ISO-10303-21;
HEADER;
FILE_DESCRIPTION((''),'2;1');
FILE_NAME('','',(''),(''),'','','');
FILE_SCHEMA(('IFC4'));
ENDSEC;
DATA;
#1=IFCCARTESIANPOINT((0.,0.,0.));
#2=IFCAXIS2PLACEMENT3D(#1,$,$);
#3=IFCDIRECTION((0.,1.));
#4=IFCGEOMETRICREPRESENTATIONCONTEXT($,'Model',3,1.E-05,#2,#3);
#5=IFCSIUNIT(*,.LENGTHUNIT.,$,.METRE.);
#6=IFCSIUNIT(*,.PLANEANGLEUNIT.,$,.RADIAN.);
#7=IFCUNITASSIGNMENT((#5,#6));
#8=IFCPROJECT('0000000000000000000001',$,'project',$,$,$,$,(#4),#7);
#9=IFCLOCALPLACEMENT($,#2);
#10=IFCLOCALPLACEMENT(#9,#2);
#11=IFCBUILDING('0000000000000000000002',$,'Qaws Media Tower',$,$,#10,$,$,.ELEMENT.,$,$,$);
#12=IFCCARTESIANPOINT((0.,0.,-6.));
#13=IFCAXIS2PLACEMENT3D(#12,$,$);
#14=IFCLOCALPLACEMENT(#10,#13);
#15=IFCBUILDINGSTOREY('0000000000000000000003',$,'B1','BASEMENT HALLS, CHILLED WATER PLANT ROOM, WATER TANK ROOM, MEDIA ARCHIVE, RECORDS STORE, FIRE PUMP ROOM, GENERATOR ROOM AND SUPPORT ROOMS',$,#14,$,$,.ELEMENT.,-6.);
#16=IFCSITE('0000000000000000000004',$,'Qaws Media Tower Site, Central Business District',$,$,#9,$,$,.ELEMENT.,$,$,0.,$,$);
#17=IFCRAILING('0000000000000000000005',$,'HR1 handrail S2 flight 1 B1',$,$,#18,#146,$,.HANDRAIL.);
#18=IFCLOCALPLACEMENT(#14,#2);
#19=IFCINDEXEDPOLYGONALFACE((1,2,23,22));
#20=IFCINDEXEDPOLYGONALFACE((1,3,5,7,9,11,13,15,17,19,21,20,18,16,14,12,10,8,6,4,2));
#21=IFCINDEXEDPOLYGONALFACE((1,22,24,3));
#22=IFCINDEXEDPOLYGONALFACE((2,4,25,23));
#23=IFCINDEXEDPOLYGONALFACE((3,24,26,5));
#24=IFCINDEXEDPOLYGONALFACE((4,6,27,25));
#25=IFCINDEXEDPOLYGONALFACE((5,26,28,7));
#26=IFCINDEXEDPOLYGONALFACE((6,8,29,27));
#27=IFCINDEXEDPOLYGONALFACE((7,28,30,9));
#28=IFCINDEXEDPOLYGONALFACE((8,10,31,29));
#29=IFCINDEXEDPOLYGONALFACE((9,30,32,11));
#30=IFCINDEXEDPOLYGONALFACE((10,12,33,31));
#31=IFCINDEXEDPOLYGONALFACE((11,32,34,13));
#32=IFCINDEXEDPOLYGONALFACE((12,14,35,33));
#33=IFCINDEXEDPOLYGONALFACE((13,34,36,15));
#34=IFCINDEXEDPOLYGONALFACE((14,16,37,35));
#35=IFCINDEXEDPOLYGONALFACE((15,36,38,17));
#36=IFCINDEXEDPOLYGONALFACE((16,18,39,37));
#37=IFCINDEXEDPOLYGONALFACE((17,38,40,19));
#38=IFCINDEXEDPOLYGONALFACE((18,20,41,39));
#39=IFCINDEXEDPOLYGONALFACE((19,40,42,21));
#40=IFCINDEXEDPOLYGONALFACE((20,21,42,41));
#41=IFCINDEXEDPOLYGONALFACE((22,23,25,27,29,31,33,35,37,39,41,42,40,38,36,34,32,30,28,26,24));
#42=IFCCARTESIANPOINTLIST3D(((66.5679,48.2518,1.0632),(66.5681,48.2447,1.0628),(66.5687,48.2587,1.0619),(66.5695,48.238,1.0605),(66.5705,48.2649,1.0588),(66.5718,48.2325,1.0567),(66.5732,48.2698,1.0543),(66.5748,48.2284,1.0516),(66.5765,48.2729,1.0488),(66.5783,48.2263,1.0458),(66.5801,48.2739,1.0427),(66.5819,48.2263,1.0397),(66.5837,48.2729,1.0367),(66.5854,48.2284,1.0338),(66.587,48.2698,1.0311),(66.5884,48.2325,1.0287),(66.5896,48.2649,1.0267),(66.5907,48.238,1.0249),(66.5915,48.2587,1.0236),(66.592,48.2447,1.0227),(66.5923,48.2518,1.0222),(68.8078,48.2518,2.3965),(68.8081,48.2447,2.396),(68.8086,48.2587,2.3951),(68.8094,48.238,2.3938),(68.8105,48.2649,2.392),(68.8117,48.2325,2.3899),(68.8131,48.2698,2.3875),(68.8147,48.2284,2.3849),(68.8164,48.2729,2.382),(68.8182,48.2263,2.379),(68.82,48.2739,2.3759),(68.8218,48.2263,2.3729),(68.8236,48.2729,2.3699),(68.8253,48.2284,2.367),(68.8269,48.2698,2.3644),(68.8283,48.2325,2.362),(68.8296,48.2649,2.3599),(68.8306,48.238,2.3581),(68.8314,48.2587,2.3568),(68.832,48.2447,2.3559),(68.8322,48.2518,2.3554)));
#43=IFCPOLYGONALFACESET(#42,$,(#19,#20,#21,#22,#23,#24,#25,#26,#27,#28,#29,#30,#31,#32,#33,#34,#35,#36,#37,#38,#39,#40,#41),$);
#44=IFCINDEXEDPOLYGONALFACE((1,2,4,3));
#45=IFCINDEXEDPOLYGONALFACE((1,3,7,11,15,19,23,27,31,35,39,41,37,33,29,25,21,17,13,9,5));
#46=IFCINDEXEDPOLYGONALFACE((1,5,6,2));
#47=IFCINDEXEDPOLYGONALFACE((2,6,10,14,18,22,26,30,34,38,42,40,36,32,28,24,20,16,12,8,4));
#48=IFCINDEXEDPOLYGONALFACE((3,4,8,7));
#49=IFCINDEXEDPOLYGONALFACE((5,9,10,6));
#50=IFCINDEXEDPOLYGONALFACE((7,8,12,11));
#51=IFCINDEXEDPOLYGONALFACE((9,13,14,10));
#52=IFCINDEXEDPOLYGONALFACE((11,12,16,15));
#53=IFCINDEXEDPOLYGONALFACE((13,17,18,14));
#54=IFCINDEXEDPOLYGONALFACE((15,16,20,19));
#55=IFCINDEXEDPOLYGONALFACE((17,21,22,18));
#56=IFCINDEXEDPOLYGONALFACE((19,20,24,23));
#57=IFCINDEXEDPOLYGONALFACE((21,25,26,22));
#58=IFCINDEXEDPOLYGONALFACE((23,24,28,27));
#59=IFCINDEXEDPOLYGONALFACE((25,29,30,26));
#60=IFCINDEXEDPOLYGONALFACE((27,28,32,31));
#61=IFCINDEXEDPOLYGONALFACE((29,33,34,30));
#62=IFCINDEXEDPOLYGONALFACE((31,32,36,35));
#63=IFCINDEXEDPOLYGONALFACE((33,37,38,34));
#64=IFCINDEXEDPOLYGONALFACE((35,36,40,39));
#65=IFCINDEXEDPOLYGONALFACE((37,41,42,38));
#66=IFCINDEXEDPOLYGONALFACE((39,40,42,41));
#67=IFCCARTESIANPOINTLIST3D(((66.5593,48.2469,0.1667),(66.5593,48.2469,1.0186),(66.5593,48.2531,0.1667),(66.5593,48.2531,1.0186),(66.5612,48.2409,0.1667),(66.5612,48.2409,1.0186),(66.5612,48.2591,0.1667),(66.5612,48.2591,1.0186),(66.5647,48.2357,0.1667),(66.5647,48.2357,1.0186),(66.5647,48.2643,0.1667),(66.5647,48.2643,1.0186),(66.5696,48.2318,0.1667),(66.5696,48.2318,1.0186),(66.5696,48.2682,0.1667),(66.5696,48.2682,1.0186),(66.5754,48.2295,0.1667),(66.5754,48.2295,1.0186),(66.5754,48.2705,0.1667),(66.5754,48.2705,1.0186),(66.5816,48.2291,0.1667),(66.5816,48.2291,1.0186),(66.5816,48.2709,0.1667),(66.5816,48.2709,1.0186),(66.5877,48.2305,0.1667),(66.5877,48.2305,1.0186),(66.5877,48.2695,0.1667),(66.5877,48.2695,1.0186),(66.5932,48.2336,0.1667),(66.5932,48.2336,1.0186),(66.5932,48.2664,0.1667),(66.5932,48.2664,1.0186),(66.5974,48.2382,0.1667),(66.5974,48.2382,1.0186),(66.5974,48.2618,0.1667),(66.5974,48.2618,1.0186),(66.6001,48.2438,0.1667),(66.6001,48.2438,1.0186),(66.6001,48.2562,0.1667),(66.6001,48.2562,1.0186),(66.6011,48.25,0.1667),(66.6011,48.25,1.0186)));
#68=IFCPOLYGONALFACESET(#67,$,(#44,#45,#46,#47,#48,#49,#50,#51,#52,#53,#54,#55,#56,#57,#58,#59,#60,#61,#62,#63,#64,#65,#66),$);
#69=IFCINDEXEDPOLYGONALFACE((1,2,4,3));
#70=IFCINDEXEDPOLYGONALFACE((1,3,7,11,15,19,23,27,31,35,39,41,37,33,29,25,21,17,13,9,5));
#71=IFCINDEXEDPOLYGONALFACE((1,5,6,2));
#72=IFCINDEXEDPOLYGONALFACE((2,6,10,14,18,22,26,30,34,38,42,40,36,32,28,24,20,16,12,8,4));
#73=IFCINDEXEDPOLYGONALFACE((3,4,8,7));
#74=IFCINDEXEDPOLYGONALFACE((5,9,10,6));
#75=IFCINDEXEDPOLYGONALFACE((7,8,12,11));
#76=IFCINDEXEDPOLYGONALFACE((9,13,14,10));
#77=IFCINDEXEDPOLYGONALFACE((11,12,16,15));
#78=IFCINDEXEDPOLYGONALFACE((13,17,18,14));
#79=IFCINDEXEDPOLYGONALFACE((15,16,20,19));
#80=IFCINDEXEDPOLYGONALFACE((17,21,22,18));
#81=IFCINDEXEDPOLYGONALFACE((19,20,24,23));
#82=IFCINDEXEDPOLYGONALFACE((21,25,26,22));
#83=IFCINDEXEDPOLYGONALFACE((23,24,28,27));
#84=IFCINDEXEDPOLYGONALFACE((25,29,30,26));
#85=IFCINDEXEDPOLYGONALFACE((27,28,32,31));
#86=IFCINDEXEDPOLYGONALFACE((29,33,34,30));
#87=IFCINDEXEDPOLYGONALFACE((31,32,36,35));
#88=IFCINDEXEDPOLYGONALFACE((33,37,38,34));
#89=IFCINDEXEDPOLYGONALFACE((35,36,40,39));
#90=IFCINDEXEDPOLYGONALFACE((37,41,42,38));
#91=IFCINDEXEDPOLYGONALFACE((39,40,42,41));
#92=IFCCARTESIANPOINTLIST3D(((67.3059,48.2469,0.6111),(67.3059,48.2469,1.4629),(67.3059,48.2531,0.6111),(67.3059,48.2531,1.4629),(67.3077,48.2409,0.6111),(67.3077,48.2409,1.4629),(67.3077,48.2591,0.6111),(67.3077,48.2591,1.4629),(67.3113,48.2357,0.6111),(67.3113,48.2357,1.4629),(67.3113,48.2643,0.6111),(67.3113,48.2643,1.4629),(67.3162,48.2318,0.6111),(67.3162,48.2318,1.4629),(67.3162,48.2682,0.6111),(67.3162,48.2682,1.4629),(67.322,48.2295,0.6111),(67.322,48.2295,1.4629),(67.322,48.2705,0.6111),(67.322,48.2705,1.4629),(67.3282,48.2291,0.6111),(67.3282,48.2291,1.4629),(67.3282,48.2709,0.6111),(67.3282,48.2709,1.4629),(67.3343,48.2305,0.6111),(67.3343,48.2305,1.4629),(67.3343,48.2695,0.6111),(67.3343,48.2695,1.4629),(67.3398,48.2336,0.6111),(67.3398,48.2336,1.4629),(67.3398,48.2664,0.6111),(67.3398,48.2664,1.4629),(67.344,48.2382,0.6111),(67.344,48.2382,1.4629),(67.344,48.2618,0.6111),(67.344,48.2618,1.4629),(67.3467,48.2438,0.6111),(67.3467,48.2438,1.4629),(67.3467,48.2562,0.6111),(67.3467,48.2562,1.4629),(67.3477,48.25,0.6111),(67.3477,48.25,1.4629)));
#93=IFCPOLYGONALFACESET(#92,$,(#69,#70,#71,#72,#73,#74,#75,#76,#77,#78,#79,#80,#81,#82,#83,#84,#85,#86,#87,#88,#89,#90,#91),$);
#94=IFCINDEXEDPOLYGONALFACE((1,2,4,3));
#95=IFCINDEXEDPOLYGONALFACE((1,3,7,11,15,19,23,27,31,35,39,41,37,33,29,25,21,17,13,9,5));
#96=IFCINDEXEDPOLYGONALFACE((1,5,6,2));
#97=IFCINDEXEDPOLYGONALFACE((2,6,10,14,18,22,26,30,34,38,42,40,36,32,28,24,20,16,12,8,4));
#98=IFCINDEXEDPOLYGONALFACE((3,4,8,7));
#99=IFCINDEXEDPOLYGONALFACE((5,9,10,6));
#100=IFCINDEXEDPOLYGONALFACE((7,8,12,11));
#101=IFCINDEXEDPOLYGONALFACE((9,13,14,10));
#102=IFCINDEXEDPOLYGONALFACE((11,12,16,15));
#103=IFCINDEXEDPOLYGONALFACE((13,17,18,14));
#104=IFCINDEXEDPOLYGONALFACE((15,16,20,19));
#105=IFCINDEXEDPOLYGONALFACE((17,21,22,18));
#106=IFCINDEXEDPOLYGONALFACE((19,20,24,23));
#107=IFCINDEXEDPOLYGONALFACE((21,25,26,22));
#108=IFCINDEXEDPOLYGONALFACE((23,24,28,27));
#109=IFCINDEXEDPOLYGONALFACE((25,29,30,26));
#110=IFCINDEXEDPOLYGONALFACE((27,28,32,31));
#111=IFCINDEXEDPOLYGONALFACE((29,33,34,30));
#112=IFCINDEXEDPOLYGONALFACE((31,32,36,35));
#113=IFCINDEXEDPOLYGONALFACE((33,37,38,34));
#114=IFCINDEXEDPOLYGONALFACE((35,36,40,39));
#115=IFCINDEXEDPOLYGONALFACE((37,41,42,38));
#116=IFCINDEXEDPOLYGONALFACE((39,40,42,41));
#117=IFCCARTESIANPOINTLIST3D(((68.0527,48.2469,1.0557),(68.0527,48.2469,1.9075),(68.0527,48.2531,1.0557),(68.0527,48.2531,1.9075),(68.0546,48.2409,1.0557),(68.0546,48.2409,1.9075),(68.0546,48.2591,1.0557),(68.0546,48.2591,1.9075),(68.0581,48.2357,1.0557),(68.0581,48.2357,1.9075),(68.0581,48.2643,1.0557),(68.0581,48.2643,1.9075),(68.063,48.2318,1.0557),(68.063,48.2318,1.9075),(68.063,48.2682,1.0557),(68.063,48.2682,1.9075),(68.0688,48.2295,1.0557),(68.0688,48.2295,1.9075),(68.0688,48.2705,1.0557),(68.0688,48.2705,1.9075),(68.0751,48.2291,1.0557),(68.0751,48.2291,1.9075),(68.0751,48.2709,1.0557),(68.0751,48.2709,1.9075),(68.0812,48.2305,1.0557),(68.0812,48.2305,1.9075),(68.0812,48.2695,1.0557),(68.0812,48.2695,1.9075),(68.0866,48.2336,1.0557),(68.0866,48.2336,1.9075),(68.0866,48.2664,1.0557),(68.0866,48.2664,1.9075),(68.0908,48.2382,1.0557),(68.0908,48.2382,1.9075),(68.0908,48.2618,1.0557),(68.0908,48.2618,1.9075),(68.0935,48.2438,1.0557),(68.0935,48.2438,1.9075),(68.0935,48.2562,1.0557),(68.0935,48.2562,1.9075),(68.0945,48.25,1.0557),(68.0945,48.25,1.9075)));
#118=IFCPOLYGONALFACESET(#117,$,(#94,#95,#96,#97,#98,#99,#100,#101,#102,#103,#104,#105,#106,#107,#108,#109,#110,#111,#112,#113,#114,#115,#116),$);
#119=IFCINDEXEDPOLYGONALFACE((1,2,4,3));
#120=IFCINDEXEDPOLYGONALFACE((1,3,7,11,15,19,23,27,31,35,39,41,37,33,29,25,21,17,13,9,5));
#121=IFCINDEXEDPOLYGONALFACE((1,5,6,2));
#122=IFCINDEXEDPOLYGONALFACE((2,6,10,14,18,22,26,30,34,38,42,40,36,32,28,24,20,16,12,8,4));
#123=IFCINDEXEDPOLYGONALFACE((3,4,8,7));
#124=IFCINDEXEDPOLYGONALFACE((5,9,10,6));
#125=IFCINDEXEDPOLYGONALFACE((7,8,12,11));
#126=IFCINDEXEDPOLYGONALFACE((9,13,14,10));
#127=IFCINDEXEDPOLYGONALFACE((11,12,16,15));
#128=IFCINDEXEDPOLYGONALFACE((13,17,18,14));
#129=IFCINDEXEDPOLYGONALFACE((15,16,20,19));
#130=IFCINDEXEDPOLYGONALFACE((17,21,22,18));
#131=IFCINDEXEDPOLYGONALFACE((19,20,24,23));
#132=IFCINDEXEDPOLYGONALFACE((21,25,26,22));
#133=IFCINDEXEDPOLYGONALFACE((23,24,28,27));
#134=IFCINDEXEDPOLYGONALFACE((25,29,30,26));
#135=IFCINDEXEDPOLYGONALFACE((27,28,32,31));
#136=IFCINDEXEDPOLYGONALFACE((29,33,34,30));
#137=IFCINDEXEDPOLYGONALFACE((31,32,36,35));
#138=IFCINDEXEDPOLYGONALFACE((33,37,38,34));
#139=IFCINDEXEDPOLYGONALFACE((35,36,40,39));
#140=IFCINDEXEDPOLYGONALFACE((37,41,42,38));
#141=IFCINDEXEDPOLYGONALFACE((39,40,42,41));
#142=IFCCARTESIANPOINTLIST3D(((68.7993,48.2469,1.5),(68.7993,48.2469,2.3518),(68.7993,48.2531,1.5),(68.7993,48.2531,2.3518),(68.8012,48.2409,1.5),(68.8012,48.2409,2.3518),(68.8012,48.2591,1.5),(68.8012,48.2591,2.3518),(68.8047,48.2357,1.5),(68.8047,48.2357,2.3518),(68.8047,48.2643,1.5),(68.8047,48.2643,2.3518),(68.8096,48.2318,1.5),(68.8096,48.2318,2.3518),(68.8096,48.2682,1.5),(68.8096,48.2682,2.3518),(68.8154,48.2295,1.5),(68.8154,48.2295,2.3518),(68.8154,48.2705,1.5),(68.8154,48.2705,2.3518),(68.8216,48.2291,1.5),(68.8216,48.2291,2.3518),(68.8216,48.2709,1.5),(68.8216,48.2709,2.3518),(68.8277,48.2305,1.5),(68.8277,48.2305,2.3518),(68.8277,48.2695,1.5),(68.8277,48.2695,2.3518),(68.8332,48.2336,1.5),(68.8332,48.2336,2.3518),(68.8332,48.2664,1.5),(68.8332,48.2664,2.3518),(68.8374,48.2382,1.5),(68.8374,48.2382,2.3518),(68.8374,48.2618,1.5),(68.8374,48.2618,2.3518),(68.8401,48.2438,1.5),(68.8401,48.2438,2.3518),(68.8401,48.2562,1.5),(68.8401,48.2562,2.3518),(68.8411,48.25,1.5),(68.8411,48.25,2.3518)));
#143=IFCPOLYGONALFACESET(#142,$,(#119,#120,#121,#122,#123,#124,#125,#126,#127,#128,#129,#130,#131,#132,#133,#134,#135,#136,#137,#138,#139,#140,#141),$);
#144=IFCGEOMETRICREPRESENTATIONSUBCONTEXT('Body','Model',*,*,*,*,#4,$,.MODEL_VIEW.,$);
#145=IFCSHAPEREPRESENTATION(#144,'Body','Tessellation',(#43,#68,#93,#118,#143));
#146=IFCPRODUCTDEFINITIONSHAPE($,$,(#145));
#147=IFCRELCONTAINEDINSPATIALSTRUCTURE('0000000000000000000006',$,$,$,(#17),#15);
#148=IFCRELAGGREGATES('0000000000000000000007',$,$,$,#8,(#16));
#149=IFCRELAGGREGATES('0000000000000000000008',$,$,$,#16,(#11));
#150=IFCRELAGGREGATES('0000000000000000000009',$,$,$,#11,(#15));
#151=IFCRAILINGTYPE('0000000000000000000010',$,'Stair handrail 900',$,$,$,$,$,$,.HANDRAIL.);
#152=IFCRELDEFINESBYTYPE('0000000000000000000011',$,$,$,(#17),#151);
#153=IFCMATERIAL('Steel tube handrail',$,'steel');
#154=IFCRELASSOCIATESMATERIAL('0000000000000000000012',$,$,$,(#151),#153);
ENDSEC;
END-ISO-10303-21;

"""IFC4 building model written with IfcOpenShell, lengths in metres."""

from ifc_helpers import new_model, si_unit, direction, frame, origin, origin_2d, place, context, subcontext, project, spatial, circle, extrude, material, type_object, element, save


model = new_model("IFC4")

# Units and contexts
model_context = context("Model", 3, precision=1e-05, world=origin(), true_north=direction((0.0, 1.0)))
body_context = subcontext(model_context, "Body", "Model", "MODEL_VIEW")
ifc_project = project(units=[si_unit("LENGTHUNIT", "METRE"), si_unit("PLANEANGLEUNIT", "RADIAN")], contexts=[model_context])

# Site, building, storey
site_placement = place(None, origin())
site = spatial("IfcSite", under=ifc_project, at=site_placement, Name="Qaws Media Tower Site, Central Business District", CompositionType="ELEMENT", RefElevation=0.0)
building_placement = place(site_placement, origin())
building = spatial("IfcBuilding", under=site, at=building_placement, Name="Qaws Media Tower", CompositionType="ELEMENT")
storey_placement = place(building_placement, frame((0.0, 0.0, -6.0)))
storey = spatial("IfcBuildingStorey", under=building, at=storey_placement, Name="B1", Description="BASEMENT HALLS, CHILLED WATER PLANT ROOM, WATER TANK ROOM, MEDIA ARCHIVE, RECORDS STORE, FIRE PUMP ROOM, GENERATOR ROOM AND SUPPORT ROOMS", CompositionType="ELEMENT", Elevation=-6.0)

# Railing
ifc_material_1 = material(Name="Steel tube handrail", Category="steel")
railing_type = type_object("IfcRailingType", Name="Stair handrail 900", PredefinedType="HANDRAIL", material=ifc_material_1)
for number, where, name in (
    (1, (66.5801, 48.25, 0.1667), "HR1 handrail S2 flight 1 B1"),
):
    element("IfcRailing", number, at=place(storey_placement, frame(where)), inside=storey, type_object=railing_type, Name=name, PredefinedType="HANDRAIL", context=body_context, shape_type="SweptSolid", body=[
        extrude(circle(Radius=0.0239, at=origin_2d()), frame((0.0, 0.0, 0.876), z_axis=(0.859306, 0.0, 0.511462), x_axis=(0.0, 1.0, 0.0)), (0.0, 0.0, 1.0), 2.6067),
        extrude(circle(Radius=0.021, at=origin_2d()), origin(), (0.0, 0.0, 1.0), 0.8518),
        extrude(circle(Radius=0.021, at=origin_2d()), frame((0.7466, 0.0, 0.4443)), (0.0, 0.0, 1.0), 0.8518),
        extrude(circle(Radius=0.021, at=origin_2d()), frame((1.4934, 0.0, 0.8889)), (0.0, 0.0, 1.0), 0.8518),
        extrude(circle(Radius=0.021, at=origin_2d()), frame((2.24, 0.0, 1.3333)), (0.0, 0.0, 1.0), 0.8518),
    ])

save(model, "model.ifc")
